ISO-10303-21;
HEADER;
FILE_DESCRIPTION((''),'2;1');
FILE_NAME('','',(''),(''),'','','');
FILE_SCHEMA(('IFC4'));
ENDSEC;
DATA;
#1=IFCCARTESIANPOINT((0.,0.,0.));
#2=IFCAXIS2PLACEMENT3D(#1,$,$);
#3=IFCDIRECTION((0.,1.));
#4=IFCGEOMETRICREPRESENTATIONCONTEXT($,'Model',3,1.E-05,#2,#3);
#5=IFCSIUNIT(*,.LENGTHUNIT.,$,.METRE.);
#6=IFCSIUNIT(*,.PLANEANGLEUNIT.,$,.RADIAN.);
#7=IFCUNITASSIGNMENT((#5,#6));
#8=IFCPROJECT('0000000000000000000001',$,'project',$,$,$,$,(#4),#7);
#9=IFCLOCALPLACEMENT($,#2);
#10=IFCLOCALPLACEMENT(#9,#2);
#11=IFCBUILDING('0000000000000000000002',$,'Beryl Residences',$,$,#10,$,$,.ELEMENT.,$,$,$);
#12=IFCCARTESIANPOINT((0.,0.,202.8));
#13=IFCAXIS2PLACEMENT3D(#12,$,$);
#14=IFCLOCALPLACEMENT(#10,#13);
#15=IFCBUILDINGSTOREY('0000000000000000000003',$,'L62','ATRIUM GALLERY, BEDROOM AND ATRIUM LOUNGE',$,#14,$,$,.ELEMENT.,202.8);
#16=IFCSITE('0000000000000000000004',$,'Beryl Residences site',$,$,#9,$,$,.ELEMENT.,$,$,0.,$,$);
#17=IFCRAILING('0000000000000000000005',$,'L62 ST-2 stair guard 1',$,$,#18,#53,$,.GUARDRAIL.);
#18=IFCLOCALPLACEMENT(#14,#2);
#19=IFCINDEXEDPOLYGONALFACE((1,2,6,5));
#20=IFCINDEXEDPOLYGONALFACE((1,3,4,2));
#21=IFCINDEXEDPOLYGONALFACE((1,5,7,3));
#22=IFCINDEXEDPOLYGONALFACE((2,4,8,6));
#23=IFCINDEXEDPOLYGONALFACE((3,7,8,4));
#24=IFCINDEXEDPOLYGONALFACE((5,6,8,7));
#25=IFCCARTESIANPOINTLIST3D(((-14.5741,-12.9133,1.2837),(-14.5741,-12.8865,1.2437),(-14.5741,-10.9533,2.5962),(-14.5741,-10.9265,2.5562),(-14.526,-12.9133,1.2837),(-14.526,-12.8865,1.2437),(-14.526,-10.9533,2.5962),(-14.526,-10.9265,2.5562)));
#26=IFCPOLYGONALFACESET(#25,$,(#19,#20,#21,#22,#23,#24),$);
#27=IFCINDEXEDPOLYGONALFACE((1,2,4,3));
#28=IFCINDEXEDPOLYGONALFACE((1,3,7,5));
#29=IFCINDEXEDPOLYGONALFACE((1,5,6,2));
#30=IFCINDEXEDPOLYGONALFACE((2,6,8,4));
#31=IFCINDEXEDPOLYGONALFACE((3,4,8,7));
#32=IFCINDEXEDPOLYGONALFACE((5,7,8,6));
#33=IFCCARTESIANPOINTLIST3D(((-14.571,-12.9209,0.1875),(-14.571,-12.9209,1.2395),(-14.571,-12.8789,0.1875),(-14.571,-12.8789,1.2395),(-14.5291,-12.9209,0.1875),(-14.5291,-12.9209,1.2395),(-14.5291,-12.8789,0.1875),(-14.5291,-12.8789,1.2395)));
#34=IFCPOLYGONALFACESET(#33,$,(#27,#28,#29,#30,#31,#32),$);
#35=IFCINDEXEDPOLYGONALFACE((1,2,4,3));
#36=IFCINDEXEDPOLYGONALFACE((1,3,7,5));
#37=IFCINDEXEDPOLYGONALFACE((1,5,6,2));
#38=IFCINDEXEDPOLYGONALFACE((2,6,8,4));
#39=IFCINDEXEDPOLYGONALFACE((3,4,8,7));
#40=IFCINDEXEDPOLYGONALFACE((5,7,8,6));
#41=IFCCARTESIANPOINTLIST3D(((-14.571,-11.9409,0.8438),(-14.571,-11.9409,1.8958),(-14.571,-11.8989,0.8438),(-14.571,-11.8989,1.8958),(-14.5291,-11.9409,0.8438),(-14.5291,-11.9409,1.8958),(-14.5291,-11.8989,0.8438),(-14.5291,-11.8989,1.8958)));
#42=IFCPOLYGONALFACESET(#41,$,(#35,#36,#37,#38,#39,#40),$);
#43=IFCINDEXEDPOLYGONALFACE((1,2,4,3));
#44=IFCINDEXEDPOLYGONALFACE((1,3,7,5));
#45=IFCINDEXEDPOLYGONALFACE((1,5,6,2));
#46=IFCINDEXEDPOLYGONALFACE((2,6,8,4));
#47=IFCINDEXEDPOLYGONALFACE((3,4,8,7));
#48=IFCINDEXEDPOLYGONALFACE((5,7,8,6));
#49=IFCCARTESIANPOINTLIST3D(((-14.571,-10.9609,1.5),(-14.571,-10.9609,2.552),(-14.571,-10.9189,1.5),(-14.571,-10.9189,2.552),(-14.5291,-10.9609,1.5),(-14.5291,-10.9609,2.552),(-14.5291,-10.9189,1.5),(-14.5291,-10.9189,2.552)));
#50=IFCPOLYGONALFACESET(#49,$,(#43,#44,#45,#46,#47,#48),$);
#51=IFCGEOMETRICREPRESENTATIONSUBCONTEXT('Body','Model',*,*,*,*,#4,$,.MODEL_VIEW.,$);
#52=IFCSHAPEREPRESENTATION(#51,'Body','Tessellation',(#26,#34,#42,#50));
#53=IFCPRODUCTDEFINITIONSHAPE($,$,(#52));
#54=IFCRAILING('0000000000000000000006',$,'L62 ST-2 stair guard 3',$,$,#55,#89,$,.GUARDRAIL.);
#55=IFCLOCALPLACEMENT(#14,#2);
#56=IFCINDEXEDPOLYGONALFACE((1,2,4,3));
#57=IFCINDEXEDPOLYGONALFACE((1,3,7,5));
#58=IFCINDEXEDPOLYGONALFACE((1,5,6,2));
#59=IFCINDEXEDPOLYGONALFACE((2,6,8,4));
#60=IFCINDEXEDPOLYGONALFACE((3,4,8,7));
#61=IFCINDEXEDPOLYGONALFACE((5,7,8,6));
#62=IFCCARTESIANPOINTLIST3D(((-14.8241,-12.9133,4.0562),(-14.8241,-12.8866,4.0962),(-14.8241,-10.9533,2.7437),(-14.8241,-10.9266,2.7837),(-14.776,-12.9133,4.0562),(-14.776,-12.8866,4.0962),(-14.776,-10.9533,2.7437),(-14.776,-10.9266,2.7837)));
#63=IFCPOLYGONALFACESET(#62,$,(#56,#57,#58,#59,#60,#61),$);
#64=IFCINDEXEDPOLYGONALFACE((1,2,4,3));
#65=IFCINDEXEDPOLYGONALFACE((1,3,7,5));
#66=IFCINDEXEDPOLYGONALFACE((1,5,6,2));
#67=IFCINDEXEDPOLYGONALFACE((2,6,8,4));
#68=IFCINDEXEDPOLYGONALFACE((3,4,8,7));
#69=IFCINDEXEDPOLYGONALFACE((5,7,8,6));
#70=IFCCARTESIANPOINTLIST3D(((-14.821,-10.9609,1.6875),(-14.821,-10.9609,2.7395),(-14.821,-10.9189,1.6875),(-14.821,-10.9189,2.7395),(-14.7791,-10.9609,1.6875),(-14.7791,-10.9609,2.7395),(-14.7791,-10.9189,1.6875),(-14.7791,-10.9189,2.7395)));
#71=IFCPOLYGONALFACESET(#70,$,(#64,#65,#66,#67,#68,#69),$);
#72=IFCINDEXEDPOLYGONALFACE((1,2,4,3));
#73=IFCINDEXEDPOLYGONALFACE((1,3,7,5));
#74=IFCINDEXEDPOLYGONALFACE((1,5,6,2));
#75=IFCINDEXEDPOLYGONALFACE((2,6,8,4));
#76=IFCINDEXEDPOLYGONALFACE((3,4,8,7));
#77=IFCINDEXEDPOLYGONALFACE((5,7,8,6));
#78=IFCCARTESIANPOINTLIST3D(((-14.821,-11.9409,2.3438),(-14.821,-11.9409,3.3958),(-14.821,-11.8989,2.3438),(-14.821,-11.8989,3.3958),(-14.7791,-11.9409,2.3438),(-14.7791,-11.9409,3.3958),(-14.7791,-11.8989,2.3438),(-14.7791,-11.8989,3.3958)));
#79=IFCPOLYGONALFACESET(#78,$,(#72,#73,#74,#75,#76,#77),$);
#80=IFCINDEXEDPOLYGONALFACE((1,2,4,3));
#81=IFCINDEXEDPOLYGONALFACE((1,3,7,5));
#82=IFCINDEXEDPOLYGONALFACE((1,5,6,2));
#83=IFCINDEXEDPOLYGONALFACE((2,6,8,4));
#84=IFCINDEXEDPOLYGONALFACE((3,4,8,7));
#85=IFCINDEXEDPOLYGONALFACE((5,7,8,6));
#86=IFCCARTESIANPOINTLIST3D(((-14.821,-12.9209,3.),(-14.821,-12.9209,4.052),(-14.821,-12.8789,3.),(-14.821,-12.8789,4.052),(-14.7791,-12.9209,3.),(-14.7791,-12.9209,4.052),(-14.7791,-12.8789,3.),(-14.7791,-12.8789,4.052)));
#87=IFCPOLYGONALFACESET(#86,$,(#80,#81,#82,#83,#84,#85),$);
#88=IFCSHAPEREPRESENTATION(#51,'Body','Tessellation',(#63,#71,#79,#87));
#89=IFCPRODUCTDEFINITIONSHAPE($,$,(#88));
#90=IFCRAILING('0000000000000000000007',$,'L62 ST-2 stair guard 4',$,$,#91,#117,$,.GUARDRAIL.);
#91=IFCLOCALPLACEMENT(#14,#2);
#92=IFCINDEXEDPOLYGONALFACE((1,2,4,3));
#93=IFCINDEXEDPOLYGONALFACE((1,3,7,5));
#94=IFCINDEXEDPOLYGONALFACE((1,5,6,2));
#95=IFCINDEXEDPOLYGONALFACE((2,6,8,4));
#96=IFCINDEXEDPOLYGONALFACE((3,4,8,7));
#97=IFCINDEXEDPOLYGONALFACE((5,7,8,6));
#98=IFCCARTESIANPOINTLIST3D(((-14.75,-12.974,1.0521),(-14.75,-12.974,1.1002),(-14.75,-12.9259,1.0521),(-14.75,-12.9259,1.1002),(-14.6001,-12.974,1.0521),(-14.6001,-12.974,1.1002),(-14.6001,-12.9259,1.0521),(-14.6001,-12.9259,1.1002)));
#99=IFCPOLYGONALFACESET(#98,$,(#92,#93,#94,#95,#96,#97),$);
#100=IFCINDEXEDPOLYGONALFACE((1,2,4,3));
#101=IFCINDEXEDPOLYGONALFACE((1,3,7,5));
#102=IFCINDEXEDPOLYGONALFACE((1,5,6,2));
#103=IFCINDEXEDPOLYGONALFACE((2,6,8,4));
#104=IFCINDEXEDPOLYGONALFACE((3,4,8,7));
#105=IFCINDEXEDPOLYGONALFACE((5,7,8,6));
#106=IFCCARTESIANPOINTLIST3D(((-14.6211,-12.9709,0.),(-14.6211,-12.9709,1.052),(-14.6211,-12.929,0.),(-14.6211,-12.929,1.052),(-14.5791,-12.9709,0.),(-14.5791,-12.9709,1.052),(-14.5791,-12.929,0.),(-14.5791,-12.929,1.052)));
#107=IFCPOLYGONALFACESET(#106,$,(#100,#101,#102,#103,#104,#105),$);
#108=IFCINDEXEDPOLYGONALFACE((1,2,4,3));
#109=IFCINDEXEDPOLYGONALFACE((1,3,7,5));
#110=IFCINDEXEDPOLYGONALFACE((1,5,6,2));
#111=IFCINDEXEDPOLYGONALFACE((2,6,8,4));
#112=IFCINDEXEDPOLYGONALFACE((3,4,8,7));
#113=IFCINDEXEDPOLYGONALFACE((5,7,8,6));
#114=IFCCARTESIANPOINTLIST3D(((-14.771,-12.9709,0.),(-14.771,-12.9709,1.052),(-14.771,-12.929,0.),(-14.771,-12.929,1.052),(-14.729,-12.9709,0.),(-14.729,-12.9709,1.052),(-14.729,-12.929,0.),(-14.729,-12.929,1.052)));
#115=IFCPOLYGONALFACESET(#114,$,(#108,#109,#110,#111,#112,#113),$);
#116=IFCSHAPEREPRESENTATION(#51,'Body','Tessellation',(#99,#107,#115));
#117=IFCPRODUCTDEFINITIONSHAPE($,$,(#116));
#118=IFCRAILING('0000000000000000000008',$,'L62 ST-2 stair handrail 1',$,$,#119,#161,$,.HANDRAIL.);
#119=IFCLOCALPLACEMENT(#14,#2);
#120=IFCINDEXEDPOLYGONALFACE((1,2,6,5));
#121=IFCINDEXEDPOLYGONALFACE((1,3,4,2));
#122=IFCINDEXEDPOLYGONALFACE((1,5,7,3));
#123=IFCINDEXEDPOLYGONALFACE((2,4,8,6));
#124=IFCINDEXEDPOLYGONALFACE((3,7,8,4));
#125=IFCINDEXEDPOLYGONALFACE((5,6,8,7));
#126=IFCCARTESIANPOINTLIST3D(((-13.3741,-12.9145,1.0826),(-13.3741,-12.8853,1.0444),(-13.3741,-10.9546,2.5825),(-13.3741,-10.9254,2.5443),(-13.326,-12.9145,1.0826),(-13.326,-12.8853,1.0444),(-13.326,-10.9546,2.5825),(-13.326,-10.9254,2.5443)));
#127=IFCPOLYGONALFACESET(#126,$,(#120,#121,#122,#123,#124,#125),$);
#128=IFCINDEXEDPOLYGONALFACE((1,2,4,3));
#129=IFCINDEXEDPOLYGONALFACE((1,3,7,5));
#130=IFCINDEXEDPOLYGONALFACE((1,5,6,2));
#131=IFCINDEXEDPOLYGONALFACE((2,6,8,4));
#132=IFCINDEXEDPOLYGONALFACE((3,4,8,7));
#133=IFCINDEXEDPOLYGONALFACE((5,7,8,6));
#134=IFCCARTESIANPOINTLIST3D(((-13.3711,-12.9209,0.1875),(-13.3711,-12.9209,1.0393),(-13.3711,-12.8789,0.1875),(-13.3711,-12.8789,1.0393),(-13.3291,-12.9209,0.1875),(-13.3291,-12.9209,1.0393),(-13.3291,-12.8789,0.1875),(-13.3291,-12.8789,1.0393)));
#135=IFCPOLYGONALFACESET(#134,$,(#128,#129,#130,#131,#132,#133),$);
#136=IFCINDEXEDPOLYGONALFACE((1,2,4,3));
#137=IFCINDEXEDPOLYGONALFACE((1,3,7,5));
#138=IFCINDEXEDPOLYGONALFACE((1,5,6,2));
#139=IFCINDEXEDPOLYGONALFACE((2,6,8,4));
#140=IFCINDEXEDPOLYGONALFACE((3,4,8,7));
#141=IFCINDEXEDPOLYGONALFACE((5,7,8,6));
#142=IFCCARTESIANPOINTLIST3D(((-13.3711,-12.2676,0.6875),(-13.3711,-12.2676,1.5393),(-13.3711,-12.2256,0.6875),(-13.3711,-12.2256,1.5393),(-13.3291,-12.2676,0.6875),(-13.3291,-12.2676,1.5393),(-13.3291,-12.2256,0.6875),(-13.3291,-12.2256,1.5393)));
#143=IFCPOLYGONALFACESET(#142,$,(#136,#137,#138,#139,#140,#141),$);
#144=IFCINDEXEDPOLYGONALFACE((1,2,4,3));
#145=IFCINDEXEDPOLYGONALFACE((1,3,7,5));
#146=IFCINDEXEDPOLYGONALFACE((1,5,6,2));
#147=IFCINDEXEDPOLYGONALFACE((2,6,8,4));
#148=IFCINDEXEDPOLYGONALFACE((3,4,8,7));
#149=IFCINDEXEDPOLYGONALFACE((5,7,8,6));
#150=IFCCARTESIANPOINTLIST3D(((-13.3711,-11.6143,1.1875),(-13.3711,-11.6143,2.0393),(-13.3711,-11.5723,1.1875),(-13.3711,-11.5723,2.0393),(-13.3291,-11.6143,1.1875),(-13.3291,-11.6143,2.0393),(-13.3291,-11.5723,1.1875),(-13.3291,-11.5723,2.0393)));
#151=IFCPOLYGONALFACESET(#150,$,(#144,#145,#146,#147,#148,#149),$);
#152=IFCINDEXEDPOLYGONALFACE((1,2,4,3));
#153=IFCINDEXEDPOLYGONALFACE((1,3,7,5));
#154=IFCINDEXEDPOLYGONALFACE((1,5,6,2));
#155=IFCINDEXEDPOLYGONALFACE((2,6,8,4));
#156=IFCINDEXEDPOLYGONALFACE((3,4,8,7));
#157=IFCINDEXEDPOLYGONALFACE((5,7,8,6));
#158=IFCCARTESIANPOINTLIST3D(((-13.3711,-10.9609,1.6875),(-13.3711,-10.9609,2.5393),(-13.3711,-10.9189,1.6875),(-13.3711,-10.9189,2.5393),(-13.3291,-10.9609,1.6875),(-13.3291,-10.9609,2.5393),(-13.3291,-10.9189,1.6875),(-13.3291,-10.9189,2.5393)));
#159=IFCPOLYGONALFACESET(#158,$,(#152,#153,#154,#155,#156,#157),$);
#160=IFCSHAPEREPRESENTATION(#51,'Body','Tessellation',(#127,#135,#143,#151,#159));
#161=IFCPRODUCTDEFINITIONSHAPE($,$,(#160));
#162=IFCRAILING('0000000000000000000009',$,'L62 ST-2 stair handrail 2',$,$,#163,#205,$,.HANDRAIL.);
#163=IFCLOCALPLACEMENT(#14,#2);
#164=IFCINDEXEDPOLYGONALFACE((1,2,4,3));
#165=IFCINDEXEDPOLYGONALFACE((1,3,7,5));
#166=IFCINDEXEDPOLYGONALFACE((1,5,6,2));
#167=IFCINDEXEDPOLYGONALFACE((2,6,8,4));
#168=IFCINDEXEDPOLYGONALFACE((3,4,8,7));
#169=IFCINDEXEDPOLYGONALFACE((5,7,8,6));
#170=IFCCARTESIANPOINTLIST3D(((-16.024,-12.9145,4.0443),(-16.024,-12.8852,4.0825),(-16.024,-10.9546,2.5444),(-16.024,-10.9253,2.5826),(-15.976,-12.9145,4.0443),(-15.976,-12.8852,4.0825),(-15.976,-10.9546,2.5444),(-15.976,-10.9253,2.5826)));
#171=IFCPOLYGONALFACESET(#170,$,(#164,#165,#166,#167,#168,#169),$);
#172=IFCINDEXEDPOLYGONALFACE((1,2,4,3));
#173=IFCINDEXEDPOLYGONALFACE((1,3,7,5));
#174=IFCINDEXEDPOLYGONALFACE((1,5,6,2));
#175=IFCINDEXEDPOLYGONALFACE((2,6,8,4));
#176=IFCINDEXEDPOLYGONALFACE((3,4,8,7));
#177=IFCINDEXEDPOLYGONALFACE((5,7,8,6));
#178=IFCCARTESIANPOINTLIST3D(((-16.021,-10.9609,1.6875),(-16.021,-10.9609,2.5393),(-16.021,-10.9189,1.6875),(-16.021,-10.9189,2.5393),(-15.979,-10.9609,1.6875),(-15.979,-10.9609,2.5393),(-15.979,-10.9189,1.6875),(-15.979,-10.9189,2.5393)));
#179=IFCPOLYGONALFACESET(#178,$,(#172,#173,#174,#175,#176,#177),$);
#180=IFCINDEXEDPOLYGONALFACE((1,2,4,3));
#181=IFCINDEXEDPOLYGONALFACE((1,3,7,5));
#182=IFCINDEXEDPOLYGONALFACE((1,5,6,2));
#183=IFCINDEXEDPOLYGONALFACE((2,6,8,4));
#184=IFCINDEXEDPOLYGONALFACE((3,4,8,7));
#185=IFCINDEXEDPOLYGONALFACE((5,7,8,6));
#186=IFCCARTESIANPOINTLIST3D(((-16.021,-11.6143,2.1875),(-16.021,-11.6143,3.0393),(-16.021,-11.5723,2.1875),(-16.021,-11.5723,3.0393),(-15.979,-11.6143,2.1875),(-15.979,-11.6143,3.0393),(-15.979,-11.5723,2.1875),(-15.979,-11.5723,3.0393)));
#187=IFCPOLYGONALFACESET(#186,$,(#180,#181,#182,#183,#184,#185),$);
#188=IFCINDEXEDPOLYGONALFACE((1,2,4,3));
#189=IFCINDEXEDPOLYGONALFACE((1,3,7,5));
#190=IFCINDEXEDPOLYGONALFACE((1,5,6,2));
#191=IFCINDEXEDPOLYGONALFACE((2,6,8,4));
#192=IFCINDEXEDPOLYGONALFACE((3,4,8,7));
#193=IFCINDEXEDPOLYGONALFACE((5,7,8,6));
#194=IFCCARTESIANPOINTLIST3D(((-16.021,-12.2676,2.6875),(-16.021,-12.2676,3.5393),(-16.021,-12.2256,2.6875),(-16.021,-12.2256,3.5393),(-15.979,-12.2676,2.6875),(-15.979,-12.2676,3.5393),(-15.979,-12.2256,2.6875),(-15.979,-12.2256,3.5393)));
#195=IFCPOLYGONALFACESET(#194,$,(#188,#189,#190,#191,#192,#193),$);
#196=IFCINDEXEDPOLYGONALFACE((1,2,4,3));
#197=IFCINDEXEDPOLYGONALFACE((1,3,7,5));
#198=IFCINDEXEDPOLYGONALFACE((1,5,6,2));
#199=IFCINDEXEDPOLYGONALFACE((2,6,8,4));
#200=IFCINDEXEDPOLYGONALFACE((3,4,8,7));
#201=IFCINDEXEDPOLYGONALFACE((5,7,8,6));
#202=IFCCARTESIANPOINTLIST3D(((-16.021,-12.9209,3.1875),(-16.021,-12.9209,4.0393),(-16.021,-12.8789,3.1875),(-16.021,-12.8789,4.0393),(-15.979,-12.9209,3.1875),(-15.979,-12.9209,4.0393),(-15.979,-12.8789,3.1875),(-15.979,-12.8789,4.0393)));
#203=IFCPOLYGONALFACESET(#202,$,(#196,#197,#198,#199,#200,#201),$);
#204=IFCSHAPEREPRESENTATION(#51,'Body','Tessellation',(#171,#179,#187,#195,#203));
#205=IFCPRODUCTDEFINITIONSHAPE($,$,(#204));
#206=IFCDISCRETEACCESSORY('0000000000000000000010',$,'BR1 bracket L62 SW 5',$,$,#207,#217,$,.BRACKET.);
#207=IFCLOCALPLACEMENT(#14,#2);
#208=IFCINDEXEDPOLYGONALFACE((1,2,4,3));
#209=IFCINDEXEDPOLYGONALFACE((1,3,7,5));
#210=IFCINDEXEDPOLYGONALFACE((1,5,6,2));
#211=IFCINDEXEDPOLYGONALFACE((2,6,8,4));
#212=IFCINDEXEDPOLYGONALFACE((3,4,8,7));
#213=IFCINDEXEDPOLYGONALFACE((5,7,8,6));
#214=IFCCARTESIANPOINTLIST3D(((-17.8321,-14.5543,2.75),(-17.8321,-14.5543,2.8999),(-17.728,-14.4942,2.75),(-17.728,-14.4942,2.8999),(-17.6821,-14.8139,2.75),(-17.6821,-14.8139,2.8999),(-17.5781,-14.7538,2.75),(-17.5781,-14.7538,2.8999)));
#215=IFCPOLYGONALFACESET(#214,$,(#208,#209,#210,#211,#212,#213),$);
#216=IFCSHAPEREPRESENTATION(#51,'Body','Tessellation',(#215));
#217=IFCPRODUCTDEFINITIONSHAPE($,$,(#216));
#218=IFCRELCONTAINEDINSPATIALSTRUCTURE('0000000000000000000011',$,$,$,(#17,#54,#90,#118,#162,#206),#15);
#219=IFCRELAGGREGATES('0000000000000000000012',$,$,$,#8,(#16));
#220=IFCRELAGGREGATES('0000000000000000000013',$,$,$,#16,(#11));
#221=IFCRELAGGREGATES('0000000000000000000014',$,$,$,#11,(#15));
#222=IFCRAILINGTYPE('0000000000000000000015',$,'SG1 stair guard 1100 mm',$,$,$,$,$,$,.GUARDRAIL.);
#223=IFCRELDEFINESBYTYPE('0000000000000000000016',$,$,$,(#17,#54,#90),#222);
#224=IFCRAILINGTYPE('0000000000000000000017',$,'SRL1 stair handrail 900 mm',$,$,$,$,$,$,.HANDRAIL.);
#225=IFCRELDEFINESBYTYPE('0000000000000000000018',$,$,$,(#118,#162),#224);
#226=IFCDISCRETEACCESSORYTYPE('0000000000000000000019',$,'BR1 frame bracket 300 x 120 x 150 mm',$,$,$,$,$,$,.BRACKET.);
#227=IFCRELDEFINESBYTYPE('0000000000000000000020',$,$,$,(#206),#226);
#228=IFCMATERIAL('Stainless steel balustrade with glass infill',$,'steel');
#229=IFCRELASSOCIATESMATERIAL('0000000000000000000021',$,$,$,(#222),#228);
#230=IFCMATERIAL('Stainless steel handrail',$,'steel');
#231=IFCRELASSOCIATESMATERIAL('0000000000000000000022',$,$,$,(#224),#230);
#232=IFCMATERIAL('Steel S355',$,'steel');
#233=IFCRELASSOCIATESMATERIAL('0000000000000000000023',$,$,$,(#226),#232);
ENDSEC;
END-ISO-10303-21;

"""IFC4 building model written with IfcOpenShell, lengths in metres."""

from ifc_helpers import new_model, si_unit, direction, frame, origin, origin_2d, place, context, subcontext, project, spatial, polyline, rectangle, outline, extrude, source, transform, mapped, material, type_object, type_shapes, element, save


model = new_model("IFC4")

# Units and contexts
model_context = context("Model", 3, precision=1e-05, world=origin(), true_north=direction((0.0, 1.0)))
body_context = subcontext(model_context, "Body", "Model", "MODEL_VIEW")
ifc_project = project(units=[si_unit("LENGTHUNIT", "METRE"), si_unit("PLANEANGLEUNIT", "RADIAN")], contexts=[model_context])

# Site, building, storey
site_placement = place(None, origin())
site = spatial("IfcSite", under=ifc_project, at=site_placement, Name="Beryl Residences site", CompositionType="ELEMENT", RefElevation=0.0)
building_placement = place(site_placement, origin())
building = spatial("IfcBuilding", under=site, at=building_placement, Name="Beryl Residences", CompositionType="ELEMENT")
storey_placement = place(building_placement, frame((0.0, 0.0, 202.8)))
storey = spatial("IfcBuildingStorey", under=building, at=storey_placement, Name="L62", Description="ATRIUM GALLERY, BEDROOM AND ATRIUM LOUNGE", CompositionType="ELEMENT", Elevation=202.8)

# Railings
ifc_material_1 = material(Name="Stainless steel balustrade with glass infill", Category="steel")
railing_type_1 = type_object("IfcRailingType", Name="SG1 stair guard 1100 mm", PredefinedType="GUARDRAIL", material=ifc_material_1)
railing_1_placement = place(storey_placement, frame((-14.55, -12.8999, 0.1875)))
element("IfcRailing", 1, at=railing_1_placement, inside=storey, type_object=railing_type_1, Name="L62 ST-2 stair guard 1", PredefinedType="GUARDRAIL", context=body_context, shape_type="SweptSolid", body=[
    extrude(rectangle(XDim=0.0481, YDim=0.0481, at=origin_2d()), frame((0.0, 0.0, 1.0762), z_axis=(0.0, 0.830902, 0.556419), x_axis=(-1.0, 0.0, 0.0)), (0.0, 0.0, 1.0), 2.3589),
    extrude(rectangle(XDim=0.042, YDim=0.042, at=origin_2d()), origin(), (0.0, 0.0, 1.0), 1.052),
    extrude(rectangle(XDim=0.042, YDim=0.042, at=origin_2d()), frame((0.0, 0.98, 0.6562)), (0.0, 0.0, 1.0), 1.052),
    extrude(rectangle(XDim=0.042, YDim=0.042, at=origin_2d()), frame((0.0, 1.96, 1.3125)), (0.0, 0.0, 1.0), 1.052),
])
railing_2_placement = place(storey_placement, frame((-14.8, -10.9399, 1.6875)))
element("IfcRailing", 2, at=railing_2_placement, inside=storey, type_object=railing_type_1, Name="L62 ST-2 stair guard 3", PredefinedType="GUARDRAIL", context=body_context, shape_type="SweptSolid", body=[
    extrude(rectangle(XDim=0.0481, YDim=0.0481, at=origin_2d()), frame((0.0, 0.0, 1.0762), z_axis=(0.0, -0.830902, 0.556419), x_axis=(1.0, 0.0, 0.0)), (0.0, 0.0, 1.0), 2.3589),
    extrude(rectangle(XDim=0.042, YDim=0.042, at=origin_2d()), origin(), (0.0, 0.0, 1.0), 1.052),
    extrude(rectangle(XDim=0.042, YDim=0.042, at=origin_2d()), frame((0.0, -0.98, 0.6562)), (0.0, 0.0, 1.0), 1.052),
    extrude(rectangle(XDim=0.042, YDim=0.042, at=origin_2d()), frame((0.0, -1.96, 1.3125)), (0.0, 0.0, 1.0), 1.052),
])
railing_3_placement = place(storey_placement, frame((-14.6001, -12.95, 0.0)))
element("IfcRailing", 3, at=railing_3_placement, inside=storey, type_object=railing_type_1, Name="L62 ST-2 stair guard 4", PredefinedType="GUARDRAIL", context=body_context, shape_type="SweptSolid", body=[
    extrude(rectangle(XDim=0.0481, YDim=0.0481, at=origin_2d()), frame((0.0, 0.0, 1.0762), z_axis=(-1.0, 0.0, 0.0), x_axis=(0.0, -1.0, 0.0)), (0.0, 0.0, 1.0), 0.1499),
    extrude(rectangle(XDim=0.042, YDim=0.042, at=origin_2d()), origin(), (0.0, 0.0, 1.0), 1.052),
    extrude(rectangle(XDim=0.042, YDim=0.042, at=origin_2d()), frame((-0.1499, 0.0, 0.0)), (0.0, 0.0, 1.0), 1.052),
])
ifc_material_2 = material(Name="Stainless steel handrail", Category="steel")
railing_type_2 = type_object("IfcRailingType", Name="SRL1 stair handrail 900 mm", PredefinedType="HANDRAIL", material=ifc_material_2)
railing_4_placement = place(storey_placement, frame((-13.3501, -12.8999, 0.1875)))
element("IfcRailing", 4, at=railing_4_placement, inside=storey, type_object=railing_type_2, Name="L62 ST-2 stair handrail 1", PredefinedType="HANDRAIL", context=body_context, shape_type="SweptSolid", body=[
    extrude(rectangle(XDim=0.0481, YDim=0.0481, at=origin_2d()), frame((0.0, 0.0, 0.876), z_axis=(0.0, 0.794122, 0.607758), x_axis=(-1.0, 0.0, 0.0)), (0.0, 0.0, 1.0), 2.468),
    extrude(rectangle(XDim=0.042, YDim=0.042, at=origin_2d()), origin(), (0.0, 0.0, 1.0), 0.8518),
    extrude(rectangle(XDim=0.042, YDim=0.042, at=origin_2d()), frame((0.0, 0.6533, 0.5)), (0.0, 0.0, 1.0), 0.8518),
    extrude(rectangle(XDim=0.042, YDim=0.042, at=origin_2d()), frame((0.0, 1.3066, 1.0)), (0.0, 0.0, 1.0), 0.8518),
    extrude(rectangle(XDim=0.042, YDim=0.042, at=origin_2d()), frame((0.0, 1.96, 1.5)), (0.0, 0.0, 1.0), 0.8518),
])
railing_5_placement = place(storey_placement, frame((-16.0, -10.9399, 1.6875)))
element("IfcRailing", 5, at=railing_5_placement, inside=storey, type_object=railing_type_2, Name="L62 ST-2 stair handrail 2", PredefinedType="HANDRAIL", context=body_context, shape_type="SweptSolid", body=[
    extrude(rectangle(XDim=0.0481, YDim=0.0481, at=origin_2d()), frame((0.0, 0.0, 0.876), z_axis=(0.0, -0.794122, 0.607758), x_axis=(1.0, 0.0, 0.0)), (0.0, 0.0, 1.0), 2.468),
    extrude(rectangle(XDim=0.042, YDim=0.042, at=origin_2d()), origin(), (0.0, 0.0, 1.0), 0.8518),
    extrude(rectangle(XDim=0.042, YDim=0.042, at=origin_2d()), frame((0.0, -0.6533, 0.5)), (0.0, 0.0, 1.0), 0.8518),
    extrude(rectangle(XDim=0.042, YDim=0.042, at=origin_2d()), frame((0.0, -1.3066, 1.0)), (0.0, 0.0, 1.0), 0.8518),
    extrude(rectangle(XDim=0.042, YDim=0.042, at=origin_2d()), frame((0.0, -1.96, 1.5)), (0.0, 0.0, 1.0), 0.8518),
])

# Discrete accessory
ifc_material_3 = material(Name="Steel S355", Category="steel")
discrete_accessory_type = type_object("IfcDiscreteAccessoryType", Name="BR1 frame bracket 300 x 120 x 150 mm", PredefinedType="BRACKET", material=ifc_material_3)
shared_shape_1 = source(origin(), body_context, "Body", "SweptSolid", [
    extrude(outline(polyline([(-0.1499, 0.0), (0.1499, 0.0), (0.1499, 0.1201), (-0.1499, 0.1201), (-0.1499, 0.0)])), origin(), (0.0, 0.0, 1.0), 0.1499),
])
type_shapes(discrete_accessory_type, [shared_shape_1])
for number, where, z_axis, x_axis, name in (
    (6, (-17.6531, -14.624, 2.75), (0.0, 0.0, 1.0), (-0.5, 0.866025, 0.0), "BR1 bracket L62 SW 5"),
):
    element("IfcDiscreteAccessory", number, at=place(storey_placement, frame(where, z_axis=z_axis, x_axis=x_axis)), inside=storey, type_object=discrete_accessory_type, Name=name, PredefinedType="BRACKET", context=body_context, shape_type="MappedRepresentation", body=[
        mapped(shared_shape_1, transform((0.0, 0.0, 0.0))),
    ])

save(model, "model.ifc")
